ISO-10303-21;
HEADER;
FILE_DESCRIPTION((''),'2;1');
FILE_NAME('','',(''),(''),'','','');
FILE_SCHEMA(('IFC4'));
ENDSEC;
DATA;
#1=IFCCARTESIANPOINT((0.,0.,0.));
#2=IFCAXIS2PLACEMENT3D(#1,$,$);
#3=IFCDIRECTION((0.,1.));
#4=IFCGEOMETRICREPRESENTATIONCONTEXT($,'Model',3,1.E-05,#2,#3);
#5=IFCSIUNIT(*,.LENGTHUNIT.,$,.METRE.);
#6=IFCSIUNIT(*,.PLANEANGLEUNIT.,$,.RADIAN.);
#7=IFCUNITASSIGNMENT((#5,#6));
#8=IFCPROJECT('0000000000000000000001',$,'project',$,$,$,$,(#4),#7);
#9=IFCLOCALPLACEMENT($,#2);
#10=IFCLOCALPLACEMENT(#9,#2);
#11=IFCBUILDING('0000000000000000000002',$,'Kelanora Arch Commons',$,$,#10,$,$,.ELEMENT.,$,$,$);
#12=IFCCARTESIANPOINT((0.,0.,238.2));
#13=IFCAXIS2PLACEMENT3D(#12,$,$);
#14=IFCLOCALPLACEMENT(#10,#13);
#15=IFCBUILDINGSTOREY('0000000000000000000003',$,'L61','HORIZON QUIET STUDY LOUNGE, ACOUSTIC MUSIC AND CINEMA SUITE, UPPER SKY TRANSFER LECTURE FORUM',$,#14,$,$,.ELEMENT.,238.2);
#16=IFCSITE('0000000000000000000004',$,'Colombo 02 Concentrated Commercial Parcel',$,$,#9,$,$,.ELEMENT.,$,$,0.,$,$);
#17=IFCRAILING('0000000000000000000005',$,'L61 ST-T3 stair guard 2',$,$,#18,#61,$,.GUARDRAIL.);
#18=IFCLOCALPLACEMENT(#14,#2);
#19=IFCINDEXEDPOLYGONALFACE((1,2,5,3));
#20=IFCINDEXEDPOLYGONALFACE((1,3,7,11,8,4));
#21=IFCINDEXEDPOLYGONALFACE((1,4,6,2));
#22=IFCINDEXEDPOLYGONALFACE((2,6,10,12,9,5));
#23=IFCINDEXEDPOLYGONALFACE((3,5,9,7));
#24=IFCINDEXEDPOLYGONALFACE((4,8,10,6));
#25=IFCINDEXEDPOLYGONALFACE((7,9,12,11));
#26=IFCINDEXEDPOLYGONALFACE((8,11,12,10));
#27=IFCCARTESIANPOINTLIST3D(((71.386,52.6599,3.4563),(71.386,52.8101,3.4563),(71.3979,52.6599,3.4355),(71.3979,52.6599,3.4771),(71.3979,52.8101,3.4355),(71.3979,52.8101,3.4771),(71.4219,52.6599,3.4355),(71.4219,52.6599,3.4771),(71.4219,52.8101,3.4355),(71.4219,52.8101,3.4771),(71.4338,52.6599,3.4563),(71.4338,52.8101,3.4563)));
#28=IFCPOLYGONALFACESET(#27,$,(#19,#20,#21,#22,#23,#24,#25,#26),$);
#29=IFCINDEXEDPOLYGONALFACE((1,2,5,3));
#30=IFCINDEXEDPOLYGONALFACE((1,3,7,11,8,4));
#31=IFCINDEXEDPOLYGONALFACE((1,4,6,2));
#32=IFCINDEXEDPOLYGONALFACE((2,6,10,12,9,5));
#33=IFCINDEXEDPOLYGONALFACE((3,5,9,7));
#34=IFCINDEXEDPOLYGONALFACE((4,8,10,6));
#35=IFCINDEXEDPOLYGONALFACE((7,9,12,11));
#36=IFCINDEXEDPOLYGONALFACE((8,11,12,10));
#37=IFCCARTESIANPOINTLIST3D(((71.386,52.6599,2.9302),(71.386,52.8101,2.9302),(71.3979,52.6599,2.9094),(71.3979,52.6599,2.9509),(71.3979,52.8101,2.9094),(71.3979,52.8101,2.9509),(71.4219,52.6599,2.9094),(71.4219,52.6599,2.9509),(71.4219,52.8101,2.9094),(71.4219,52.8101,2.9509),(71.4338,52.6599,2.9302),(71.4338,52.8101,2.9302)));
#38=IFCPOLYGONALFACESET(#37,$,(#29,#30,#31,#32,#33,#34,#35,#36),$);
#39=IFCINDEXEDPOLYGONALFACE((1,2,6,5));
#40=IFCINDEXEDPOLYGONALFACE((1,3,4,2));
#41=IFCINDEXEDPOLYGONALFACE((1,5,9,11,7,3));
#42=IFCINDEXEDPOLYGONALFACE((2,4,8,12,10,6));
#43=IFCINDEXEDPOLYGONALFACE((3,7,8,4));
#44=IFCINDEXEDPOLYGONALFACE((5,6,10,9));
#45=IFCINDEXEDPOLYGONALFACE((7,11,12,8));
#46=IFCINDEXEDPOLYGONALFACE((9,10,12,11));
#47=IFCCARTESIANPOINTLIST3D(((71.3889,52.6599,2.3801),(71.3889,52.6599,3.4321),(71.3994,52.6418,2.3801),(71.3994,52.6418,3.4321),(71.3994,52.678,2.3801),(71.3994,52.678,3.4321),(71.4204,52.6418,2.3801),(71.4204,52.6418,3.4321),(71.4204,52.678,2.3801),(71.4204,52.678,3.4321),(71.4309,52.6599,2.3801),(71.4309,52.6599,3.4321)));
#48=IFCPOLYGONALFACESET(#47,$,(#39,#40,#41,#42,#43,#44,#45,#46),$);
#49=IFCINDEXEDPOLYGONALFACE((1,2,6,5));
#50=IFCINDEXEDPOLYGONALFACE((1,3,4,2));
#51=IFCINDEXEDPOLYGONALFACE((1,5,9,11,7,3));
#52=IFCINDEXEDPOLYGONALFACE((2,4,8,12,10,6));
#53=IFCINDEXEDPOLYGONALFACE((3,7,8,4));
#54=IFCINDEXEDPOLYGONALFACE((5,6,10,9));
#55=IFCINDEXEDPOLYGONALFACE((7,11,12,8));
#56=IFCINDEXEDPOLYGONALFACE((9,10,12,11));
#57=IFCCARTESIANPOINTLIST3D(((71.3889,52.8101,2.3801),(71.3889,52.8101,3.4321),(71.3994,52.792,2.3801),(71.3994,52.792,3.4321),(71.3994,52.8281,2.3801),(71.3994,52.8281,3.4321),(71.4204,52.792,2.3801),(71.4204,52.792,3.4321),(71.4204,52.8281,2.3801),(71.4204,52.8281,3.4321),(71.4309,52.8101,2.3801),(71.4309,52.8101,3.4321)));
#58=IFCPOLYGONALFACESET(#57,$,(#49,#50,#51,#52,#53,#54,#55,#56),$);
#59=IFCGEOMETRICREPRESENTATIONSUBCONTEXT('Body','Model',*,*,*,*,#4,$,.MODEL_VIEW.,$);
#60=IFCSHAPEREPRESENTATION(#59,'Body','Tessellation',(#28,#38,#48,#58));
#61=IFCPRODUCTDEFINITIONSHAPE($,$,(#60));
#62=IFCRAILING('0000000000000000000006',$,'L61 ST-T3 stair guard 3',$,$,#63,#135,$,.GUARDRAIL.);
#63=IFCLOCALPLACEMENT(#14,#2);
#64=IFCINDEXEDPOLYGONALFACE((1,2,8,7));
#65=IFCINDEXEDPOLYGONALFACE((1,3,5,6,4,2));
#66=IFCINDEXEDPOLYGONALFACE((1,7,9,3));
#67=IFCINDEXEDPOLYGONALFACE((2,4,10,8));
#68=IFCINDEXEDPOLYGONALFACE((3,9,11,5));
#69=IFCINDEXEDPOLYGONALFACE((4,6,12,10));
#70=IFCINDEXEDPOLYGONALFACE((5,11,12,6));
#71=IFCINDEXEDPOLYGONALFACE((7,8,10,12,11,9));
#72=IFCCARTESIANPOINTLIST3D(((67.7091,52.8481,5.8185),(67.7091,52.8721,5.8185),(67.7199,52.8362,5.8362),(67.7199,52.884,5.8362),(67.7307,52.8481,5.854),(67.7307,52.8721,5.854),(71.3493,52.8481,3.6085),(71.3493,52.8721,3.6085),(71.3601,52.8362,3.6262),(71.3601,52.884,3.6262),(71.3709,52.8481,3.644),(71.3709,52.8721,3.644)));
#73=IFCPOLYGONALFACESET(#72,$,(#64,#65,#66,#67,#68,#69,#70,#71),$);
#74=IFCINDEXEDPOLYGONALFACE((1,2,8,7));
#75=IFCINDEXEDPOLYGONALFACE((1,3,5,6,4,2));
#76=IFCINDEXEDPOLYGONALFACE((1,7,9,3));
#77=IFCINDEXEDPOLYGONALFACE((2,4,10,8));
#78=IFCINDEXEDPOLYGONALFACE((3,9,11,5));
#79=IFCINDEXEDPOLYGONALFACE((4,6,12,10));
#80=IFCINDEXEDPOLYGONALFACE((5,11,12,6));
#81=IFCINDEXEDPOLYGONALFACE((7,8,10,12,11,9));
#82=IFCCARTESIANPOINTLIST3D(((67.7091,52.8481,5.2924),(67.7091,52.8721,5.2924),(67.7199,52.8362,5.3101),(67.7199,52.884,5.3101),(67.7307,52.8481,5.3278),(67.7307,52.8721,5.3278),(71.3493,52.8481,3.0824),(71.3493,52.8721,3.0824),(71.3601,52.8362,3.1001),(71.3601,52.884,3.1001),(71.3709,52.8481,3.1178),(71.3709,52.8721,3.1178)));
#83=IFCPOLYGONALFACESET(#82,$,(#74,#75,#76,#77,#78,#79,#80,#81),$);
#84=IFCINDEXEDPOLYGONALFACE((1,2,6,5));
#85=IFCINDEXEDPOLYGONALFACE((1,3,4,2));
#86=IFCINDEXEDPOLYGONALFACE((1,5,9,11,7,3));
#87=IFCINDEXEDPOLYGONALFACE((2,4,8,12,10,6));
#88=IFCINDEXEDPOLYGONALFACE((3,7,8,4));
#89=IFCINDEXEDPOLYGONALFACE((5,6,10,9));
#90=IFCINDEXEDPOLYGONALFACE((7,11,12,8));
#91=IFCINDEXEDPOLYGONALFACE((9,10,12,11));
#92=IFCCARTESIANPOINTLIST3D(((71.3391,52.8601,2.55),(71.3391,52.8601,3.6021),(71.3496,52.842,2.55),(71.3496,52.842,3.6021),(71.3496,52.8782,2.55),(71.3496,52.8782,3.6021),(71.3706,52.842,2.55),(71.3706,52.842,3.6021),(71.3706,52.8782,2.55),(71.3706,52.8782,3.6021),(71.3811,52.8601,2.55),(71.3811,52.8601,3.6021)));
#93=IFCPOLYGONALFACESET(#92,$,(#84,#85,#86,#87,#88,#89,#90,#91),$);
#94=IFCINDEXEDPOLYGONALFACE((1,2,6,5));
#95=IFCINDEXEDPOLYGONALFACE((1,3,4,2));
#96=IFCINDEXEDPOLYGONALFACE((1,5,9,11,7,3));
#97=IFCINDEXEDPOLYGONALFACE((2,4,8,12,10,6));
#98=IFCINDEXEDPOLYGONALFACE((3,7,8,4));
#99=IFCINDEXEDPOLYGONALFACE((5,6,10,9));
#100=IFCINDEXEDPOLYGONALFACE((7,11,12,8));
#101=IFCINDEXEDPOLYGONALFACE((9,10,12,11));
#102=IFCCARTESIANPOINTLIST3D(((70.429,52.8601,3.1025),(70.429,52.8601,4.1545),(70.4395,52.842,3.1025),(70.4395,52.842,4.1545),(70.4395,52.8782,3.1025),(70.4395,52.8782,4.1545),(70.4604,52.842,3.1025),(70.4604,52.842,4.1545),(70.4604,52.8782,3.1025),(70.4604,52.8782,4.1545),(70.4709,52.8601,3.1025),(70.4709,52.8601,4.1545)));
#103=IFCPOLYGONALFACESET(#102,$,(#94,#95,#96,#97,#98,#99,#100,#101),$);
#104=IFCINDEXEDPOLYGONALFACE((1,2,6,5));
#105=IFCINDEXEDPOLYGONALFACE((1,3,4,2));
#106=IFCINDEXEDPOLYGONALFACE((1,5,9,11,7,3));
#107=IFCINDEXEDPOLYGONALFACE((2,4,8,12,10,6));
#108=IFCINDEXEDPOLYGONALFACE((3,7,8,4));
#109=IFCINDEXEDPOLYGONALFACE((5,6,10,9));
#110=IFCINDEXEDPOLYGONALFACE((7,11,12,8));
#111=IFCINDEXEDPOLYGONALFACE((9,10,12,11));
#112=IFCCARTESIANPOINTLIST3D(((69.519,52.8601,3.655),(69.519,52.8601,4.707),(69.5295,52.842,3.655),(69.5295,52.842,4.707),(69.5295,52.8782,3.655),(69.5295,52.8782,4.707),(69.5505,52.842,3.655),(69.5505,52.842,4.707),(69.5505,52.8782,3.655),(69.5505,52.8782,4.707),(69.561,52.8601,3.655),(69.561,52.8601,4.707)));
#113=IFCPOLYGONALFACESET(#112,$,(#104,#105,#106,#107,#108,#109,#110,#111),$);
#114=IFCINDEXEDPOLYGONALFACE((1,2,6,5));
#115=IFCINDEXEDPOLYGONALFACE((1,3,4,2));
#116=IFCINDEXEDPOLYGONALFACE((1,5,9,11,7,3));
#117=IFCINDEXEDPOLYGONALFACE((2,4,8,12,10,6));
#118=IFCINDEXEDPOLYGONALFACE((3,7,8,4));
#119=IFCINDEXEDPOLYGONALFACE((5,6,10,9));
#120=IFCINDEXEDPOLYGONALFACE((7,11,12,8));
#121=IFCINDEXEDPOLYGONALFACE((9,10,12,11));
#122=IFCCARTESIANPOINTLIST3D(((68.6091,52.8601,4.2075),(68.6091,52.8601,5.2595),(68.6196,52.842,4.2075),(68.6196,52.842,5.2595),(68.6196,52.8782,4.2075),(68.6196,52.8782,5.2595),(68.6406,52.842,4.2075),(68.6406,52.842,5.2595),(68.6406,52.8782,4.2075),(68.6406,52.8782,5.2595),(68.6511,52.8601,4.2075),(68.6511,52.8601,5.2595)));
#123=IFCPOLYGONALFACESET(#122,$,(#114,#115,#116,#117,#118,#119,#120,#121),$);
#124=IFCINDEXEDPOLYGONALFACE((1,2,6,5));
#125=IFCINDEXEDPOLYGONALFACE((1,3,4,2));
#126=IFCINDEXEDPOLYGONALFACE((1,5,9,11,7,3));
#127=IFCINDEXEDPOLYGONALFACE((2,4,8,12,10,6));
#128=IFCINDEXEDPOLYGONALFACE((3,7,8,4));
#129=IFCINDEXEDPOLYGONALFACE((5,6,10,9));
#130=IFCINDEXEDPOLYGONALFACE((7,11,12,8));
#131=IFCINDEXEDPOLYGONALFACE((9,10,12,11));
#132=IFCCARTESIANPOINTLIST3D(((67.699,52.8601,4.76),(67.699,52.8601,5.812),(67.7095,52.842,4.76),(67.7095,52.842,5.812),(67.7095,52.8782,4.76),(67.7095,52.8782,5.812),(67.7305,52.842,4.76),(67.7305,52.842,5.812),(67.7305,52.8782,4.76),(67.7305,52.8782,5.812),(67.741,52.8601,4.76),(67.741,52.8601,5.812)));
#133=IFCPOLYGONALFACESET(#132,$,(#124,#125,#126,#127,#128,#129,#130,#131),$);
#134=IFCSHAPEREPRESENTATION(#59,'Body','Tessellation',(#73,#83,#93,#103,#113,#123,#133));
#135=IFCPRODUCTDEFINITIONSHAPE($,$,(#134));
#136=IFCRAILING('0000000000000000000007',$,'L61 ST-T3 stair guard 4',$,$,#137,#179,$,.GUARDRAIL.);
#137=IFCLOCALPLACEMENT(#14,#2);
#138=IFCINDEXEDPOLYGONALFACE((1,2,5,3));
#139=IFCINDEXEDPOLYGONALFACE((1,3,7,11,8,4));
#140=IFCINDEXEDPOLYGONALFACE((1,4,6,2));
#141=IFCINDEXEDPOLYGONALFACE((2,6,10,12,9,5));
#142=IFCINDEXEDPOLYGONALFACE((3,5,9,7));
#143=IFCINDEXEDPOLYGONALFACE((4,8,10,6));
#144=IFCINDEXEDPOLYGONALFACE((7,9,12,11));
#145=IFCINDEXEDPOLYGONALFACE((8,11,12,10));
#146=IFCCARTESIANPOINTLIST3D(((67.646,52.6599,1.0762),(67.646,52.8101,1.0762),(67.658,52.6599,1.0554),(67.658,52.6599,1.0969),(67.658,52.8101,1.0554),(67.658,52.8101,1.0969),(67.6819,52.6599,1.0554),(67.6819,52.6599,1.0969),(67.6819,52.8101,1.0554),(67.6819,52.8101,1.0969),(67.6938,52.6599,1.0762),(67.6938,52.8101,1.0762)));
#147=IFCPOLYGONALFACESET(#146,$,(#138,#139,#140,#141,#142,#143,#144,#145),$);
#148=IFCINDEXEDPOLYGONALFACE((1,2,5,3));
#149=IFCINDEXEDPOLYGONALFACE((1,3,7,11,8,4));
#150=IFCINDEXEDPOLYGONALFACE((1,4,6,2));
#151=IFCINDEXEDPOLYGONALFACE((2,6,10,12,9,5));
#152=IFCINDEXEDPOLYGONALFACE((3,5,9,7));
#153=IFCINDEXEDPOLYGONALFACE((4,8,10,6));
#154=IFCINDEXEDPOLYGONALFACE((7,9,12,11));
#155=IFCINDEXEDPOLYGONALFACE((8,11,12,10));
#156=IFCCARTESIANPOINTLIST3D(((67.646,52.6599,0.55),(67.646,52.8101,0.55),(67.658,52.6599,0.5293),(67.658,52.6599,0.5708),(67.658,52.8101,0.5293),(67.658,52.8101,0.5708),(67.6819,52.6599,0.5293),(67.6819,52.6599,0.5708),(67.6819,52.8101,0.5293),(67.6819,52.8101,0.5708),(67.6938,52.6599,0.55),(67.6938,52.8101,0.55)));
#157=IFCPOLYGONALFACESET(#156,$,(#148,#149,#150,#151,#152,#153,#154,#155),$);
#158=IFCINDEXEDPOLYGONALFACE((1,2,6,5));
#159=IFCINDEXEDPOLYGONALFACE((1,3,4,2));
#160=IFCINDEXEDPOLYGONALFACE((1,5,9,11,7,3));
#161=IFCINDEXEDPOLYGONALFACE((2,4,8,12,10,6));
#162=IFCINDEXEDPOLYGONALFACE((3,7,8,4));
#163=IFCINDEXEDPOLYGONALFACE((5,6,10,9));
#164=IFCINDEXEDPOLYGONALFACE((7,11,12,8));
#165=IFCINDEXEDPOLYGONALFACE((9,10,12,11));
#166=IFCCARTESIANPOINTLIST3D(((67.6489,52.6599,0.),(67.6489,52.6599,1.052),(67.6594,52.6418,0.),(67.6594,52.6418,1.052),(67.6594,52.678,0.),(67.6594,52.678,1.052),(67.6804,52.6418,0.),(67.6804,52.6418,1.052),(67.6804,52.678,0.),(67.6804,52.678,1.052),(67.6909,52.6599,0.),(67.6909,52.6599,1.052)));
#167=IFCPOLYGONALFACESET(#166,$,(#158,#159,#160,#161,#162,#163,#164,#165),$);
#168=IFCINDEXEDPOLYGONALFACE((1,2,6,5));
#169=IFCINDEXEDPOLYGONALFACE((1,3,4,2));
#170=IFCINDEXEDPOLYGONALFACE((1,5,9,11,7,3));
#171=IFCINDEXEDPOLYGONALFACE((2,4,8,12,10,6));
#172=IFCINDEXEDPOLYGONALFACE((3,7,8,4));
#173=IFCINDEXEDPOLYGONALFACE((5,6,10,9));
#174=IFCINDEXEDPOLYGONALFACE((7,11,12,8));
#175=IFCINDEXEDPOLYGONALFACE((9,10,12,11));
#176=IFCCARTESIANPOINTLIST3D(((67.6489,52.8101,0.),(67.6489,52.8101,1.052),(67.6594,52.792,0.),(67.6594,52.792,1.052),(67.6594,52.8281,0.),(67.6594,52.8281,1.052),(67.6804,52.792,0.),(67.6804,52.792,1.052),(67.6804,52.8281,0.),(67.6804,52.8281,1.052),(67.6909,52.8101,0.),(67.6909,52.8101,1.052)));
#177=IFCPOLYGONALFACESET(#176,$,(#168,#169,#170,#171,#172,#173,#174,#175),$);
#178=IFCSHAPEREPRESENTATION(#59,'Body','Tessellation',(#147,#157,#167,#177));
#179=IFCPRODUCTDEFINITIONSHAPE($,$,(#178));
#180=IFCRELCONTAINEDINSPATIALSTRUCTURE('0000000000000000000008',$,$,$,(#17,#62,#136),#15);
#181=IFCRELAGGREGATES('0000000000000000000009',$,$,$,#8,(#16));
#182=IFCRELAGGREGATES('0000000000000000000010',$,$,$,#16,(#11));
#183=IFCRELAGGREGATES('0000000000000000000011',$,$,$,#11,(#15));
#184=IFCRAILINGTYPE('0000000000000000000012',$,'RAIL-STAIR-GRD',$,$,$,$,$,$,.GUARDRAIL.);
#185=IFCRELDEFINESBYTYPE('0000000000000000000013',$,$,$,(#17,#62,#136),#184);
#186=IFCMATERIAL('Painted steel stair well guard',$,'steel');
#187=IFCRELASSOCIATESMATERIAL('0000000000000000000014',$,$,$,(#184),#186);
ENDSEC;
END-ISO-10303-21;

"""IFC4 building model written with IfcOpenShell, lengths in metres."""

from ifc_helpers import new_model, si_unit, direction, frame, origin, place, context, subcontext, project, spatial, polyline, outline, extrude, material, type_object, element, save


model = new_model("IFC4")

# Units and contexts
model_context = context("Model", 3, precision=1e-05, world=origin(), true_north=direction((0.0, 1.0)))
body_context = subcontext(model_context, "Body", "Model", "MODEL_VIEW")
ifc_project = project(units=[si_unit("LENGTHUNIT", "METRE"), si_unit("PLANEANGLEUNIT", "RADIAN")], contexts=[model_context])

# Site, building, storey
site_placement = place(None, origin())
site = spatial("IfcSite", under=ifc_project, at=site_placement, Name="Colombo 02 Concentrated Commercial Parcel", CompositionType="ELEMENT", RefElevation=0.0)
building_placement = place(site_placement, origin())
building = spatial("IfcBuilding", under=site, at=building_placement, Name="Kelanora Arch Commons", CompositionType="ELEMENT")
storey_placement = place(building_placement, frame((0.0, 0.0, 238.2)))
storey = spatial("IfcBuildingStorey", under=building, at=storey_placement, Name="L61", Description="HORIZON QUIET STUDY LOUNGE, ACOUSTIC MUSIC AND CINEMA SUITE, UPPER SKY TRANSFER LECTURE FORUM", CompositionType="ELEMENT", Elevation=238.2)

# Railings
ifc_material_1 = material(Name="Painted steel stair well guard", Category="steel")
railing_type_1 = type_object("IfcRailingType", Name="RAIL-STAIR-GRD", PredefinedType="GUARDRAIL", material=ifc_material_1)
railing_1_placement = place(storey_placement, frame((71.4099, 52.6599, 2.3801)))
element("IfcRailing", 1, at=railing_1_placement, inside=storey, type_object=railing_type_1, Name="L61 ST-T3 stair guard 2", PredefinedType="GUARDRAIL", context=body_context, shape_type="SweptSolid", body=[
    extrude(outline(polyline([(0.0239, 0.0), (0.012, 0.0208), (-0.012, 0.0208), (-0.0239, 0.0), (-0.012, -0.0208), (0.012, -0.0208), (0.0239, 0.0)])), frame((0.0, 0.0, 1.0762), z_axis=(0.0, 1.0, 0.0), x_axis=(-1.0, 0.0, 0.0)), (0.0, 0.0, 1.0), 0.1501),
    extrude(outline(polyline([(0.0239, 0.0), (0.012, 0.0208), (-0.012, 0.0208), (-0.0239, 0.0), (-0.012, -0.0208), (0.012, -0.0208), (0.0239, 0.0)])), frame((0.0, 0.0, 0.55), z_axis=(0.0, 1.0, 0.0), x_axis=(-1.0, 0.0, 0.0)), (0.0, 0.0, 1.0), 0.1501),
    extrude(outline(polyline([(0.021, 0.0), (0.0105, 0.0181), (-0.0105, 0.0181), (-0.021, 0.0), (-0.0105, -0.0181), (0.0105, -0.0181), (0.021, 0.0)])), origin(), (0.0, 0.0, 1.0), 1.052),
    extrude(outline(polyline([(0.021, 0.0), (0.0105, 0.0181), (-0.0105, 0.0181), (-0.021, 0.0), (-0.0105, -0.0181), (0.0105, -0.0181), (0.021, 0.0)])), frame((0.0, 0.1501, 0.0)), (0.0, 0.0, 1.0), 1.052),
])
railing_2_placement = place(storey_placement, frame((71.3601, 52.8601, 2.55)))
element("IfcRailing", 2, at=railing_2_placement, inside=storey, type_object=railing_type_1, Name="L61 ST-T3 stair guard 3", PredefinedType="GUARDRAIL", context=body_context, shape_type="SweptSolid", body=[
    extrude(outline(polyline([(0.0239, 0.0), (0.012, 0.0208), (-0.012, 0.0208), (-0.0239, 0.0), (-0.012, -0.0208), (0.012, -0.0208), (0.0239, 0.0)])), frame((0.0, 0.0, 1.0762), z_axis=(-0.8548, 0.0, 0.518957), x_axis=(0.0, -1.0, 0.0)), (0.0, 0.0, 1.0), 4.2585),
    extrude(outline(polyline([(0.0239, 0.0), (0.012, 0.0208), (-0.012, 0.0208), (-0.0239, 0.0), (-0.012, -0.0208), (0.012, -0.0208), (0.0239, 0.0)])), frame((0.0, 0.0, 0.55), z_axis=(-0.8548, 0.0, 0.518957), x_axis=(0.0, -1.0, 0.0)), (0.0, 0.0, 1.0), 4.2585),
    extrude(outline(polyline([(0.021, 0.0), (0.0105, 0.0181), (-0.0105, 0.0181), (-0.021, 0.0), (-0.0105, -0.0181), (0.0105, -0.0181), (0.021, 0.0)])), origin(), (0.0, 0.0, 1.0), 1.052),
    extrude(outline(polyline([(0.021, 0.0), (0.0105, 0.0181), (-0.0105, 0.0181), (-0.021, 0.0), (-0.0105, -0.0181), (0.0105, -0.0181), (0.021, 0.0)])), frame((-0.9102, 0.0, 0.5525)), (0.0, 0.0, 1.0), 1.052),
    extrude(outline(polyline([(0.021, 0.0), (0.0105, 0.0181), (-0.0105, 0.0181), (-0.021, 0.0), (-0.0105, -0.0181), (0.0105, -0.0181), (0.021, 0.0)])), frame((-1.8201, 0.0, 1.105)), (0.0, 0.0, 1.0), 1.052),
    extrude(outline(polyline([(0.021, 0.0), (0.0105, 0.0181), (-0.0105, 0.0181), (-0.021, 0.0), (-0.0105, -0.0181), (0.0105, -0.0181), (0.021, 0.0)])), frame((-2.73, 0.0, 1.6575)), (0.0, 0.0, 1.0), 1.052),
    extrude(outline(polyline([(0.021, 0.0), (0.0105, 0.0181), (-0.0105, 0.0181), (-0.021, 0.0), (-0.0105, -0.0181), (0.0105, -0.0181), (0.021, 0.0)])), frame((-3.6401, 0.0, 2.21)), (0.0, 0.0, 1.0), 1.052),
])
railing_3_placement = place(storey_placement, frame((67.6699, 52.6599, 0.0)))
element("IfcRailing", 3, at=railing_3_placement, inside=storey, type_object=railing_type_1, Name="L61 ST-T3 stair guard 4", PredefinedType="GUARDRAIL", context=body_context, shape_type="SweptSolid", body=[
    extrude(outline(polyline([(0.0239, 0.0), (0.012, 0.0208), (-0.012, 0.0208), (-0.0239, 0.0), (-0.012, -0.0208), (0.012, -0.0208), (0.0239, 0.0)])), frame((0.0, 0.0, 1.0762), z_axis=(0.0, 1.0, 0.0), x_axis=(-1.0, 0.0, 0.0)), (0.0, 0.0, 1.0), 0.1501),
    extrude(outline(polyline([(0.0239, 0.0), (0.012, 0.0208), (-0.012, 0.0208), (-0.0239, 0.0), (-0.012, -0.0208), (0.012, -0.0208), (0.0239, 0.0)])), frame((0.0, 0.0, 0.55), z_axis=(0.0, 1.0, 0.0), x_axis=(-1.0, 0.0, 0.0)), (0.0, 0.0, 1.0), 0.1501),
    extrude(outline(polyline([(0.021, 0.0), (0.0105, 0.0181), (-0.0105, 0.0181), (-0.021, 0.0), (-0.0105, -0.0181), (0.0105, -0.0181), (0.021, 0.0)])), origin(), (0.0, 0.0, 1.0), 1.052),
    extrude(outline(polyline([(0.021, 0.0), (0.0105, 0.0181), (-0.0105, 0.0181), (-0.021, 0.0), (-0.0105, -0.0181), (0.0105, -0.0181), (0.021, 0.0)])), frame((0.0, 0.1501, 0.0)), (0.0, 0.0, 1.0), 1.052),
])

save(model, "model.ifc")
